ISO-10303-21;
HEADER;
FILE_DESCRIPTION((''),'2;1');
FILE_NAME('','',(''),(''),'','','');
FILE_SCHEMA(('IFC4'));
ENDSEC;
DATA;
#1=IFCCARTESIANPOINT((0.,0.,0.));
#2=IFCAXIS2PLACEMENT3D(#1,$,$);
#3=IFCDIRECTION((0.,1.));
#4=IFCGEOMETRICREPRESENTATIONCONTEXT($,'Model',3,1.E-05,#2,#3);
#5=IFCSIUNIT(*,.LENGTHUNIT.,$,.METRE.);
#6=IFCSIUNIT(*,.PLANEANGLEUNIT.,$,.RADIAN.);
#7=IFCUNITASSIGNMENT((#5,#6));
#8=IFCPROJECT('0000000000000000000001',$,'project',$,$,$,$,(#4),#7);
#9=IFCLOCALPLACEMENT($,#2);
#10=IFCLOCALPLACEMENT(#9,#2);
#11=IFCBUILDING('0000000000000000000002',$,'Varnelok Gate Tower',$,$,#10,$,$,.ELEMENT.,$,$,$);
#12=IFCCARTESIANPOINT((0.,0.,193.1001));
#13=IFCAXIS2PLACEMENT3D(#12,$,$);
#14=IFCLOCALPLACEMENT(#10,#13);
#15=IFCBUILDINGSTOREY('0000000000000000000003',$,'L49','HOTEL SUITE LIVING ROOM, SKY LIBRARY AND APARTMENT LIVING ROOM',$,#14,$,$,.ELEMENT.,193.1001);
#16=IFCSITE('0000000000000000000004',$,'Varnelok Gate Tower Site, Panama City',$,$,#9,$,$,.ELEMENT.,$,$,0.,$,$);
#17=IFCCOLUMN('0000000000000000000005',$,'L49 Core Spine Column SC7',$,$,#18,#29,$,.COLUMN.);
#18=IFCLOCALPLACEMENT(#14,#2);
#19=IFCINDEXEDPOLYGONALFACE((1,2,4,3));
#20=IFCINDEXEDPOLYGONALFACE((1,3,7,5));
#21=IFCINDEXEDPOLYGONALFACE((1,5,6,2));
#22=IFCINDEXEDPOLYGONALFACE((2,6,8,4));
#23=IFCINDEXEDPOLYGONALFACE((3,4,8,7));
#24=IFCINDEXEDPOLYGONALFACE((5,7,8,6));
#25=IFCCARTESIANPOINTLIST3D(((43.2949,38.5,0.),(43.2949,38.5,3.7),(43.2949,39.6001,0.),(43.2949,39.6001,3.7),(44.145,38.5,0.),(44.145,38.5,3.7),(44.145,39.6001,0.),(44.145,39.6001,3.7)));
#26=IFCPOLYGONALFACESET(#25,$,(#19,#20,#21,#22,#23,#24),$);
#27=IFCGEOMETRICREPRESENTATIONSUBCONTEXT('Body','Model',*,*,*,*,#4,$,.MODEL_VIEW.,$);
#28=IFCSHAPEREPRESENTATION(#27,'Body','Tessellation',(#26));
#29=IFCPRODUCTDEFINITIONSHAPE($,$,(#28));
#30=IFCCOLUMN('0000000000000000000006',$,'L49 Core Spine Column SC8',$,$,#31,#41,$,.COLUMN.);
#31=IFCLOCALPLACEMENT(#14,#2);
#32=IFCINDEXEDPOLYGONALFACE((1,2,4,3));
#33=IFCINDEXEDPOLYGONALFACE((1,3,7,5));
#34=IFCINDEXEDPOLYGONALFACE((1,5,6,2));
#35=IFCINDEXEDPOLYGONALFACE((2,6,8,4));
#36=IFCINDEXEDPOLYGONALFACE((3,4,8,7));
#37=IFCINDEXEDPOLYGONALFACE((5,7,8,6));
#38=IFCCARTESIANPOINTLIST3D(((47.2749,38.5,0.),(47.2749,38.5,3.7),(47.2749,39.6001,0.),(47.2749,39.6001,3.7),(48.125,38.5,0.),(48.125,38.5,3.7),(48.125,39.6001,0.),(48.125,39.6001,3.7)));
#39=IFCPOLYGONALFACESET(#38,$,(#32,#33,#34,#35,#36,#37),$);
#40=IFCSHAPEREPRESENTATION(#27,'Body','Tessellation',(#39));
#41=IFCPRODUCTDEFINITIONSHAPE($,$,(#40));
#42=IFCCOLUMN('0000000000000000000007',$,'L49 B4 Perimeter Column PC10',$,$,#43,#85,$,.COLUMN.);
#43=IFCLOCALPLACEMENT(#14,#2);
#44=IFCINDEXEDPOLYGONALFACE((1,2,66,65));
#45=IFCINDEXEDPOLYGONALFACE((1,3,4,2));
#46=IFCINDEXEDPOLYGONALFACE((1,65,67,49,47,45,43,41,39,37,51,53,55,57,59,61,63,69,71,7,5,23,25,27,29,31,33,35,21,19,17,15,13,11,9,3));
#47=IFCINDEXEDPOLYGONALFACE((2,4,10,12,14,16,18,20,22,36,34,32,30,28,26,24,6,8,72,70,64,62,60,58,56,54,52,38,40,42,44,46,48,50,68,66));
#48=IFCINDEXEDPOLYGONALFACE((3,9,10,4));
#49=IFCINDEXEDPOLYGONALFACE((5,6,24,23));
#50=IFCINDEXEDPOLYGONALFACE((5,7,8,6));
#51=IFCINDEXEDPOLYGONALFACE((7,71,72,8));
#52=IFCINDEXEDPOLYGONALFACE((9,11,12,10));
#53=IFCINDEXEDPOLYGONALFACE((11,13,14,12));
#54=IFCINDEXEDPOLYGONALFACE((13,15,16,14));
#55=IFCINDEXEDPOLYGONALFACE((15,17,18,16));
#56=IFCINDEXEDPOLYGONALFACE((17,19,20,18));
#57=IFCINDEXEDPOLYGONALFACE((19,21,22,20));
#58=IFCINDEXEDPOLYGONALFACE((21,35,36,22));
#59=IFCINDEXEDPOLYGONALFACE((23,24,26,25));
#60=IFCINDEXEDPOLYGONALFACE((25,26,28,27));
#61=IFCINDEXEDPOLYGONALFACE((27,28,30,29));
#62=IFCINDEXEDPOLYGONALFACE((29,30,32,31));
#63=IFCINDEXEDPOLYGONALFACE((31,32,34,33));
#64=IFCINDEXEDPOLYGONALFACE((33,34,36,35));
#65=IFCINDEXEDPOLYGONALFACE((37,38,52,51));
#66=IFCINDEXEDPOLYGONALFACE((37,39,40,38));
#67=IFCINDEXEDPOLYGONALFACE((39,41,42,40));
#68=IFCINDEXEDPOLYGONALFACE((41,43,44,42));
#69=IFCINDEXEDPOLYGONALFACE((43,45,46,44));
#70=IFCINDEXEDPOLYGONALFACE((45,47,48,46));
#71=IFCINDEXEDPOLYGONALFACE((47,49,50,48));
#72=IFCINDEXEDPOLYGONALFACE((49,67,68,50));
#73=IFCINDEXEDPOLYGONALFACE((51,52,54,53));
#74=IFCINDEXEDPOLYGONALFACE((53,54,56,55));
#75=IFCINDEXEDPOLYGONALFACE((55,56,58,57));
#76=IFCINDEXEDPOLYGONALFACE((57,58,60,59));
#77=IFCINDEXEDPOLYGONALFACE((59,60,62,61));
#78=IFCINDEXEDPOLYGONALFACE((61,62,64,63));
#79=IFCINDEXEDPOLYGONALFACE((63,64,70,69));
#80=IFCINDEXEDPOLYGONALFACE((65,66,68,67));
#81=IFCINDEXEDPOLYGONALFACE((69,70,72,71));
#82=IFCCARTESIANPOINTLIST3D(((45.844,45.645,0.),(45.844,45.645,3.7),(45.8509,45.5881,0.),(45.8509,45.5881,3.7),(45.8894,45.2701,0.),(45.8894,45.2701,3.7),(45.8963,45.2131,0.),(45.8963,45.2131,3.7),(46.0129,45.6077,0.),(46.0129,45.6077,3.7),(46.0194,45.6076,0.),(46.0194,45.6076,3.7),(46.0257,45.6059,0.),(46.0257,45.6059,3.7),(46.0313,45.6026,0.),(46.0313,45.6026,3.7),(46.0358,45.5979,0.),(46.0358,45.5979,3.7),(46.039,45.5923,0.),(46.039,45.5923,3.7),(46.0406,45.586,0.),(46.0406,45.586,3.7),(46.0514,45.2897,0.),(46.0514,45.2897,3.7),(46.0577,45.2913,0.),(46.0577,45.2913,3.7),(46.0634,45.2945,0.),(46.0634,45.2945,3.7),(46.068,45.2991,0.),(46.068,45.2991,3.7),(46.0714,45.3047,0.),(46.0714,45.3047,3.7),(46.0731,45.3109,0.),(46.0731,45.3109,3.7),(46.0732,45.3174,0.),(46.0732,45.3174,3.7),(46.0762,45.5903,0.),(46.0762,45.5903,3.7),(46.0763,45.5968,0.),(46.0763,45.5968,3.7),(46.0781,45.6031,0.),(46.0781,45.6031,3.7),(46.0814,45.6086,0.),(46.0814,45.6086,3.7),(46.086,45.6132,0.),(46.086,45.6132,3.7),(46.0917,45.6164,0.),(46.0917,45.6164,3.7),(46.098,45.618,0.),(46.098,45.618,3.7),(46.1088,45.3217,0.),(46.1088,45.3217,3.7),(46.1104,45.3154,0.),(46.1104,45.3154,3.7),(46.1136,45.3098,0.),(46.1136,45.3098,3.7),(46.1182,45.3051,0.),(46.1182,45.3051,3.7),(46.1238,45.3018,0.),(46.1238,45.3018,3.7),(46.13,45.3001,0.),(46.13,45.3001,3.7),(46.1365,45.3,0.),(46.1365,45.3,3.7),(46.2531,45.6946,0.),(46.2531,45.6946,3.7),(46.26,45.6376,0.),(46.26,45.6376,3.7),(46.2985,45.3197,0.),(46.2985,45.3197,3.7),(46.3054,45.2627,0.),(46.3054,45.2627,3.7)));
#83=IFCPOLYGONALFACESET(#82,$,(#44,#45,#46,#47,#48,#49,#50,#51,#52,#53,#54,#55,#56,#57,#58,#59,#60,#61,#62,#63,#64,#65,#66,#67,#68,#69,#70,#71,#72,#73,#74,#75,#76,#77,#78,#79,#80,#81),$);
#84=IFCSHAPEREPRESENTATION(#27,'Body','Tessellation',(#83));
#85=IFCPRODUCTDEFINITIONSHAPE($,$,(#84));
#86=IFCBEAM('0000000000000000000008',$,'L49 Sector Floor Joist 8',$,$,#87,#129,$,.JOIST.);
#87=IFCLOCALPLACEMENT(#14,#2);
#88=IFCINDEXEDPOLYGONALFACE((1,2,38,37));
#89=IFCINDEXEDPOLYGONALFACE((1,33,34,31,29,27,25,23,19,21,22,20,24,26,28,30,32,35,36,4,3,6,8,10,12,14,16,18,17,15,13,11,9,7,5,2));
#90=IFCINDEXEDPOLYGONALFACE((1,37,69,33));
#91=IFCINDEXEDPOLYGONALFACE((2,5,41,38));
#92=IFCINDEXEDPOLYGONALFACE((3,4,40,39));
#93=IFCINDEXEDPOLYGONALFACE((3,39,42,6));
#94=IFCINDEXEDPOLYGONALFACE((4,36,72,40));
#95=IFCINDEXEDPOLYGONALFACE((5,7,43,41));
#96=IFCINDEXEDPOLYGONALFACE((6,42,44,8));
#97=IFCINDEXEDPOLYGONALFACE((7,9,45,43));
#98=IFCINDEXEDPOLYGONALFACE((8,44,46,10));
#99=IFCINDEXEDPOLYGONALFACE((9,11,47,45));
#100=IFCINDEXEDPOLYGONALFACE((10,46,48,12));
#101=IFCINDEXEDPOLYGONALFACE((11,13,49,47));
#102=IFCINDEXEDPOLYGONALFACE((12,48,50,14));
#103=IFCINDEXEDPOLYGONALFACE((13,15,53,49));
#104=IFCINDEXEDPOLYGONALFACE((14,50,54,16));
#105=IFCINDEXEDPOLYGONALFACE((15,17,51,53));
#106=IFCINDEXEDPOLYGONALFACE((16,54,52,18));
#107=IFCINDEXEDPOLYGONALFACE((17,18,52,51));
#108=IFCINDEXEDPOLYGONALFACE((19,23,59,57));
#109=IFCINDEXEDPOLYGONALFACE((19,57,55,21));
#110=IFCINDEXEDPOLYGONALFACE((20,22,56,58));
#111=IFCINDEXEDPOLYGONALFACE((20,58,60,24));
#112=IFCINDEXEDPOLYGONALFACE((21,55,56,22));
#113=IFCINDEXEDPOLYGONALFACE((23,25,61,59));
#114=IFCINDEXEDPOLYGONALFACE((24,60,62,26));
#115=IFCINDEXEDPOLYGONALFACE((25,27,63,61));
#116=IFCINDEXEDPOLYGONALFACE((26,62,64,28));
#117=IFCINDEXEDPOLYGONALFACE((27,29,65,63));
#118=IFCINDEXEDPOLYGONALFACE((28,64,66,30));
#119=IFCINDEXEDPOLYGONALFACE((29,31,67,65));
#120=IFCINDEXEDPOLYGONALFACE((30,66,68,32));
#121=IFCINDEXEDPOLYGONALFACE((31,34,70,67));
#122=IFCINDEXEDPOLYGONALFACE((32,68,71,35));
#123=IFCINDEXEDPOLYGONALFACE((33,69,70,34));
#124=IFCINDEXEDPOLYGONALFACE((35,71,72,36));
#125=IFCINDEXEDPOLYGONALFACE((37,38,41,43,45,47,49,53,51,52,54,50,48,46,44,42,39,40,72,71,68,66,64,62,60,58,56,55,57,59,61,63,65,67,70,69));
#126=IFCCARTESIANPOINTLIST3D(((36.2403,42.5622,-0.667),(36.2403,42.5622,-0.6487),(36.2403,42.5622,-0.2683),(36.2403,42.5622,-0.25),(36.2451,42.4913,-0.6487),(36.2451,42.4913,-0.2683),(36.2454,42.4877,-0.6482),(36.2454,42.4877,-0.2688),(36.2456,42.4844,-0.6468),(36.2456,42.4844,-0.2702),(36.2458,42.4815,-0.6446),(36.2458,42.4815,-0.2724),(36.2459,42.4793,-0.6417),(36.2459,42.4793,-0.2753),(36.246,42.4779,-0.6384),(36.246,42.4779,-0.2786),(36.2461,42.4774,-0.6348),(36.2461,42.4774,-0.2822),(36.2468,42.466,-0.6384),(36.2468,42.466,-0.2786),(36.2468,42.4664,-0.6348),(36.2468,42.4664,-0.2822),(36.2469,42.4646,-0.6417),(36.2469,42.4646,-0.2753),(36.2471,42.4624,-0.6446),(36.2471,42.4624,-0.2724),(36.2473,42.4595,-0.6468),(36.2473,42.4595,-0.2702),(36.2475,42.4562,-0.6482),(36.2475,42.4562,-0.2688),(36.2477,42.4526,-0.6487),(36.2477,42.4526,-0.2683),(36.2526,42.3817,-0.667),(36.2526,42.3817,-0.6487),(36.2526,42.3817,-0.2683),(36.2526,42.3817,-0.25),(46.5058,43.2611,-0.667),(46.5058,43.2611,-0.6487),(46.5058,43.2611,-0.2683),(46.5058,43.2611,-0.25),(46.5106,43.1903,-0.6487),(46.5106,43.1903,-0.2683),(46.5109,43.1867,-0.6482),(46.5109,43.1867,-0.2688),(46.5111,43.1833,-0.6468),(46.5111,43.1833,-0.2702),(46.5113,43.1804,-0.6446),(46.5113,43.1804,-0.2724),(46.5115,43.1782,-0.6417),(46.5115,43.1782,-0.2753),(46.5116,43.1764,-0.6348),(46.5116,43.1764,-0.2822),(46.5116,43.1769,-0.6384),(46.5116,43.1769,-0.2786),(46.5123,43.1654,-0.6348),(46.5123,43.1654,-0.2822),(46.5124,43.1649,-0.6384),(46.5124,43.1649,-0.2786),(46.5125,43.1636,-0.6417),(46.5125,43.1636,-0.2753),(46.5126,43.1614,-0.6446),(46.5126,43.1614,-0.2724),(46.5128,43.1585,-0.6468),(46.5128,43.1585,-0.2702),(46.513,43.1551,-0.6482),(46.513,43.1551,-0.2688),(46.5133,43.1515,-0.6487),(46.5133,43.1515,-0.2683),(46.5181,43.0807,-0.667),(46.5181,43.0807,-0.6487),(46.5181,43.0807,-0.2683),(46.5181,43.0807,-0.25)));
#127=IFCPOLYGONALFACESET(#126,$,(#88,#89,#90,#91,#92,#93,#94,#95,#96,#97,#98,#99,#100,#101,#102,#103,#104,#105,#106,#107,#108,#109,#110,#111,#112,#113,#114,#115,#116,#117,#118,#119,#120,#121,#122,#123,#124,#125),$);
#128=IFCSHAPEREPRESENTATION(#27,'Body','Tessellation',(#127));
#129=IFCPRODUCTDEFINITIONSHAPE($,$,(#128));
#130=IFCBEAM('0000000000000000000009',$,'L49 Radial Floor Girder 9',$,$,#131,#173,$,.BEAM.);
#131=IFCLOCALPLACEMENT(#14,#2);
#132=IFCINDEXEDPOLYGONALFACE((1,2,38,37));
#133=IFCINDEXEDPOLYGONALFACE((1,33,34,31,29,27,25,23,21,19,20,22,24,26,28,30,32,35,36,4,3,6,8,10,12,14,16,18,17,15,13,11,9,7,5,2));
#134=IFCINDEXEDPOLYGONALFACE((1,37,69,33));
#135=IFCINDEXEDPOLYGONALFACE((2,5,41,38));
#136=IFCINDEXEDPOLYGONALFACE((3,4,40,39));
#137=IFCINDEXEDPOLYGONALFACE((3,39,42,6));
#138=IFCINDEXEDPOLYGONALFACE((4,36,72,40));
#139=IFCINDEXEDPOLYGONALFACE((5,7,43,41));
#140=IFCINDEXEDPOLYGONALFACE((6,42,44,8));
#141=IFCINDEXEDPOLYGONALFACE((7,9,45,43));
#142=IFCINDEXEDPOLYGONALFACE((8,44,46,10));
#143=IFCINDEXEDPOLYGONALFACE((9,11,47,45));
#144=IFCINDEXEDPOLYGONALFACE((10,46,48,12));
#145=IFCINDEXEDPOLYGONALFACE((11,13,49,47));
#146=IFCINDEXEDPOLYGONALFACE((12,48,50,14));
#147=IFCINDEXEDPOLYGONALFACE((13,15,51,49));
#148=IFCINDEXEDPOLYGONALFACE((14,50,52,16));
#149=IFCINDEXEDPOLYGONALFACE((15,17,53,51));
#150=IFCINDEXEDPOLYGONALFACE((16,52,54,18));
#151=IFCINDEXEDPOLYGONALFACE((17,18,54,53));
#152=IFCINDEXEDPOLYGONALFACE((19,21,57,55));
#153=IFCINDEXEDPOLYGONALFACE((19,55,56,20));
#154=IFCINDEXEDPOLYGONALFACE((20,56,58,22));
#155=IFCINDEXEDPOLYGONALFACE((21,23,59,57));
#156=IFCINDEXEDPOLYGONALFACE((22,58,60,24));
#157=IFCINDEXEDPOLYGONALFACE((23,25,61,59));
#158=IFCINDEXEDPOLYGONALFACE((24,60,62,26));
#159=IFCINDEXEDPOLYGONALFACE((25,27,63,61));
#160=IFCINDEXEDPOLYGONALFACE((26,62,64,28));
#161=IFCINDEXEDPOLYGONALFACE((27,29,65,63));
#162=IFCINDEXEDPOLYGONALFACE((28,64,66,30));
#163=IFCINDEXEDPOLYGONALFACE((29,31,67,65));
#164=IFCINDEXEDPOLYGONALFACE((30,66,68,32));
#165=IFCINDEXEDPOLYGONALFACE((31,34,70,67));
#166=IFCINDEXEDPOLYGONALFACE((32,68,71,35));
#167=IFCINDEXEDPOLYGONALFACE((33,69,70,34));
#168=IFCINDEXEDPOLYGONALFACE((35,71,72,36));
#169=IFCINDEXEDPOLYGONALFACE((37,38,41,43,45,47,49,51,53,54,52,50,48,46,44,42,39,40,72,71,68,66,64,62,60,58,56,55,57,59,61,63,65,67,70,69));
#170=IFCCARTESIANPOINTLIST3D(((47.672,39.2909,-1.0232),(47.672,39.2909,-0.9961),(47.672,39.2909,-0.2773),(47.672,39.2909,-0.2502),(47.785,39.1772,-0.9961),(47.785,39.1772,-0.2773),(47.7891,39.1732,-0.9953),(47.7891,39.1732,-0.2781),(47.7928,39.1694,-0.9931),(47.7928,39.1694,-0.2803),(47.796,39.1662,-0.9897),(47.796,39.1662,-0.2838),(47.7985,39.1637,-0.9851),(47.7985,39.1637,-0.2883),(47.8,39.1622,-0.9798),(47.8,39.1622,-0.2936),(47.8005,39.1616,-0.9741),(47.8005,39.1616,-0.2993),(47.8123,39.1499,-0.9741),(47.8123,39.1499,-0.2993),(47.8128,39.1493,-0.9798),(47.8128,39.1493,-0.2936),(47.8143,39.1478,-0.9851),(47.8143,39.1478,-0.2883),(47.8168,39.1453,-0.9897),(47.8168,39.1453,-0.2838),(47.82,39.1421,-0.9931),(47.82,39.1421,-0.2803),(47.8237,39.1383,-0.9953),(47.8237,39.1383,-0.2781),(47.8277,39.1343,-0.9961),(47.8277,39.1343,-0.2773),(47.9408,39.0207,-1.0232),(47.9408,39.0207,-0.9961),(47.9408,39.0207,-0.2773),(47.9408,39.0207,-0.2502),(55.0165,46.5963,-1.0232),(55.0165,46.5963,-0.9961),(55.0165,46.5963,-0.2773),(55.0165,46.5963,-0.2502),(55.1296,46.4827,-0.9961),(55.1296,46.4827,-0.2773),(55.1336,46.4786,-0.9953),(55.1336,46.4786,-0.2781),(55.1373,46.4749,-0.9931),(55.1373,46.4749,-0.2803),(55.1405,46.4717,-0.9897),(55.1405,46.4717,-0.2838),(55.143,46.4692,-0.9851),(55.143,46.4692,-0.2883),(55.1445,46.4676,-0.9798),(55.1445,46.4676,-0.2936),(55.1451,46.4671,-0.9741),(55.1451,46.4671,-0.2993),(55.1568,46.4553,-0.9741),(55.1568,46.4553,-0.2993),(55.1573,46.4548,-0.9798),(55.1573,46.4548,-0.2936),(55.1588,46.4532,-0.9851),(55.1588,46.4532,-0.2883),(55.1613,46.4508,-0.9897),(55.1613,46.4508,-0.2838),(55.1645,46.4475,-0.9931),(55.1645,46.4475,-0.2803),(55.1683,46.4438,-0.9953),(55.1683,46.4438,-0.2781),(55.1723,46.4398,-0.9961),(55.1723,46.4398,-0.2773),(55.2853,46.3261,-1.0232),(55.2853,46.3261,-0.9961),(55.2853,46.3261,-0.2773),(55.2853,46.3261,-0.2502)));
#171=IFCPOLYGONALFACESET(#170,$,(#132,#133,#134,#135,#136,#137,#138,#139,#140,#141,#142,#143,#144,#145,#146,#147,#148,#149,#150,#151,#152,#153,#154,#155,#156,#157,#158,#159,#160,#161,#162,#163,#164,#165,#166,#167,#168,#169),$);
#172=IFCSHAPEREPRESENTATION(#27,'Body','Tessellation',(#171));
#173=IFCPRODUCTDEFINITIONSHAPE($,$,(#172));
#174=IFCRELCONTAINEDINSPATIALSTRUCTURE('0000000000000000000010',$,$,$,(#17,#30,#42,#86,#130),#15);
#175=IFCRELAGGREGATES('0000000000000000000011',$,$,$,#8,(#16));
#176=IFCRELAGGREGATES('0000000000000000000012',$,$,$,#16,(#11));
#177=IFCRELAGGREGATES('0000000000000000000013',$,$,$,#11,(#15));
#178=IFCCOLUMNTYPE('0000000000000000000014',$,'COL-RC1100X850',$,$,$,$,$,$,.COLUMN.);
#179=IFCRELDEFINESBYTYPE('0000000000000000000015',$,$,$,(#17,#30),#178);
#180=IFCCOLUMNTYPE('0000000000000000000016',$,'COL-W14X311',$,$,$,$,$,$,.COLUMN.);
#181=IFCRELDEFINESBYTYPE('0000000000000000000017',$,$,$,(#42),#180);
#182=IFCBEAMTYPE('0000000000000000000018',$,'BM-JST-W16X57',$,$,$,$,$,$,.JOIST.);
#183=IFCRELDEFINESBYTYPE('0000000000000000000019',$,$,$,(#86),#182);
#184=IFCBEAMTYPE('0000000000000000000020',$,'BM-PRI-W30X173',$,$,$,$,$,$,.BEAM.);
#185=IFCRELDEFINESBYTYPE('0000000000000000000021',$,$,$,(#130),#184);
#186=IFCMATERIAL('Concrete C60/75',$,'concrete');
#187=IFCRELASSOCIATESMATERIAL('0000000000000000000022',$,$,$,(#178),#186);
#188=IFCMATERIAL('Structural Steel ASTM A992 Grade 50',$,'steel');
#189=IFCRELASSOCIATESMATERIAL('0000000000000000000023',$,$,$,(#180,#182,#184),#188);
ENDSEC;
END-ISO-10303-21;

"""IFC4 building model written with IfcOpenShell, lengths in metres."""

from ifc_helpers import new_model, si_unit, direction, frame, origin, origin_2d, place, context, subcontext, project, spatial, rectangle, i_section, extrude, material, material_profile, profile_set, type_object, element, save


model = new_model("IFC4")

# Units and contexts
model_context = context("Model", 3, precision=1e-05, world=origin(), true_north=direction((0.0, 1.0)))
body_context = subcontext(model_context, "Body", "Model", "MODEL_VIEW")
ifc_project = project(units=[si_unit("LENGTHUNIT", "METRE"), si_unit("PLANEANGLEUNIT", "RADIAN")], contexts=[model_context])

# Site, building, storey
site_placement = place(None, origin())
site = spatial("IfcSite", under=ifc_project, at=site_placement, Name="Varnelok Gate Tower Site, Panama City", CompositionType="ELEMENT", RefElevation=0.0)
building_placement = place(site_placement, origin())
building = spatial("IfcBuilding", under=site, at=building_placement, Name="Varnelok Gate Tower", CompositionType="ELEMENT")
storey_placement = place(building_placement, frame((0.0, 0.0, 193.1001)))
storey = spatial("IfcBuildingStorey", under=building, at=storey_placement, Name="L49", Description="HOTEL SUITE LIVING ROOM, SKY LIBRARY AND APARTMENT LIVING ROOM", CompositionType="ELEMENT", Elevation=193.1001)

# Columns
ifc_material_1 = material(Name="Concrete C60/75", Category="concrete")
ifc_material_profile_1 = material_profile(ifc_material_1, rectangle(XDim=0.8501, YDim=1.1001, at=origin_2d()), Name="RC1100X850")
ifc_profile_set_1 = profile_set([ifc_material_profile_1], Name="Concrete C60/75")
column_type_1 = type_object("IfcColumnType", Name="COL-RC1100X850", PredefinedType="COLUMN", material=ifc_profile_set_1)
for number, where, z_axis, x_axis, name in (
    (1, (43.72, 39.05, 0.0), (0.0, 0.0, 1.0), (1.0, 0.0, 0.0), "L49 Core Spine Column SC7"),
    (2, (47.7, 39.05, 0.0), (0.0, 0.0, 1.0), (1.0, 0.0, 0.0), "L49 Core Spine Column SC8"),
):
    element("IfcColumn", number, at=place(storey_placement, frame(where, z_axis=z_axis, x_axis=x_axis)), inside=storey, type_object=column_type_1, Name=name, PredefinedType="COLUMN", context=body_context, shape_type="SweptSolid", body=[
        extrude(rectangle(XDim=0.8501, YDim=1.1001, at=origin_2d()), origin(), (0.0, 0.0, 1.0), 3.7),
    ])
ifc_material_2 = material(Name="Structural Steel ASTM A992 Grade 50", Category="steel")
ifc_material_profile_2 = material_profile(ifc_material_2, i_section(OverallWidth=0.4121, OverallDepth=0.4351, WebThickness=0.0359, FlangeThickness=0.0574, FilletRadius=0.0249, at=origin_2d()), Name="W14X311")
ifc_profile_set_2 = profile_set([ifc_material_profile_2], Name="Structural Steel ASTM A992 Grade 50")
column_type_2 = type_object("IfcColumnType", Name="COL-W14X311", PredefinedType="COLUMN", material=ifc_profile_set_2)
column_placement = place(storey_placement, frame((46.0747, 45.4539, 0.0), z_axis=(0.0, 0.0, 1.0), x_axis=(0.992732, 0.120345, 0.0)))
element("IfcColumn", 3, at=column_placement, inside=storey, type_object=column_type_2, Name="L49 B4 Perimeter Column PC10", PredefinedType="COLUMN", context=body_context, shape_type="SweptSolid", body=[
    extrude(i_section(OverallWidth=0.4121, OverallDepth=0.4351, WebThickness=0.0359, FlangeThickness=0.0574, FilletRadius=0.0249, at=origin_2d()), origin(), (0.0, 0.0, 1.0), 3.7),
])

# Beams
ifc_material_profile_3 = material_profile(ifc_material_2, i_section(OverallWidth=0.1809, OverallDepth=0.417, WebThickness=0.011, FlangeThickness=0.0183, FilletRadius=0.0139, at=origin_2d()), Name="W16X57")
ifc_profile_set_3 = profile_set([ifc_material_profile_3], Name="Structural Steel ASTM A992 Grade 50")
beam_type_1 = type_object("IfcBeamType", Name="BM-JST-W16X57", PredefinedType="JOIST", material=ifc_profile_set_3)
beam_1_placement = place(storey_placement, frame((46.512, 43.1709, -0.4585), z_axis=(-0.99769, -0.067932, 0.0), x_axis=(0.067932, -0.99769, 0.0)))
element("IfcBeam", 4, at=beam_1_placement, inside=storey, type_object=beam_type_1, Name="L49 Sector Floor Joist 8", PredefinedType="JOIST", context=body_context, shape_type="SweptSolid", body=[
    extrude(i_section(OverallWidth=0.1809, OverallDepth=0.417, WebThickness=0.011, FlangeThickness=0.0183, FilletRadius=0.0139, at=origin_2d()), origin(), (0.0, 0.0, 1.0), 10.2893),
])
ifc_material_profile_4 = material_profile(ifc_material_2, i_section(OverallWidth=0.3811, OverallDepth=0.7729, WebThickness=0.0166, FlangeThickness=0.0271, FilletRadius=0.022, at=origin_2d()), Name="W30X173")
ifc_profile_set_4 = profile_set([ifc_material_profile_4], Name="Structural Steel ASTM A992 Grade 50")
beam_type_2 = type_object("IfcBeamType", Name="BM-PRI-W30X173", PredefinedType="BEAM", material=ifc_profile_set_4)
beam_2_placement = place(storey_placement, frame((47.8064, 39.1558, -0.6367), z_axis=(0.70899, 0.705219, 0.0), x_axis=(-0.705219, 0.70899, 0.0)))
element("IfcBeam", 5, at=beam_2_placement, inside=storey, type_object=beam_type_2, Name="L49 Radial Floor Girder 9", PredefinedType="BEAM", context=body_context, shape_type="SweptSolid", body=[
    extrude(i_section(OverallWidth=0.3811, OverallDepth=0.7729, WebThickness=0.0166, FlangeThickness=0.0271, FilletRadius=0.022, at=origin_2d()), origin(), (0.0, 0.0, 1.0), 10.3591),
])

save(model, "model.ifc")
